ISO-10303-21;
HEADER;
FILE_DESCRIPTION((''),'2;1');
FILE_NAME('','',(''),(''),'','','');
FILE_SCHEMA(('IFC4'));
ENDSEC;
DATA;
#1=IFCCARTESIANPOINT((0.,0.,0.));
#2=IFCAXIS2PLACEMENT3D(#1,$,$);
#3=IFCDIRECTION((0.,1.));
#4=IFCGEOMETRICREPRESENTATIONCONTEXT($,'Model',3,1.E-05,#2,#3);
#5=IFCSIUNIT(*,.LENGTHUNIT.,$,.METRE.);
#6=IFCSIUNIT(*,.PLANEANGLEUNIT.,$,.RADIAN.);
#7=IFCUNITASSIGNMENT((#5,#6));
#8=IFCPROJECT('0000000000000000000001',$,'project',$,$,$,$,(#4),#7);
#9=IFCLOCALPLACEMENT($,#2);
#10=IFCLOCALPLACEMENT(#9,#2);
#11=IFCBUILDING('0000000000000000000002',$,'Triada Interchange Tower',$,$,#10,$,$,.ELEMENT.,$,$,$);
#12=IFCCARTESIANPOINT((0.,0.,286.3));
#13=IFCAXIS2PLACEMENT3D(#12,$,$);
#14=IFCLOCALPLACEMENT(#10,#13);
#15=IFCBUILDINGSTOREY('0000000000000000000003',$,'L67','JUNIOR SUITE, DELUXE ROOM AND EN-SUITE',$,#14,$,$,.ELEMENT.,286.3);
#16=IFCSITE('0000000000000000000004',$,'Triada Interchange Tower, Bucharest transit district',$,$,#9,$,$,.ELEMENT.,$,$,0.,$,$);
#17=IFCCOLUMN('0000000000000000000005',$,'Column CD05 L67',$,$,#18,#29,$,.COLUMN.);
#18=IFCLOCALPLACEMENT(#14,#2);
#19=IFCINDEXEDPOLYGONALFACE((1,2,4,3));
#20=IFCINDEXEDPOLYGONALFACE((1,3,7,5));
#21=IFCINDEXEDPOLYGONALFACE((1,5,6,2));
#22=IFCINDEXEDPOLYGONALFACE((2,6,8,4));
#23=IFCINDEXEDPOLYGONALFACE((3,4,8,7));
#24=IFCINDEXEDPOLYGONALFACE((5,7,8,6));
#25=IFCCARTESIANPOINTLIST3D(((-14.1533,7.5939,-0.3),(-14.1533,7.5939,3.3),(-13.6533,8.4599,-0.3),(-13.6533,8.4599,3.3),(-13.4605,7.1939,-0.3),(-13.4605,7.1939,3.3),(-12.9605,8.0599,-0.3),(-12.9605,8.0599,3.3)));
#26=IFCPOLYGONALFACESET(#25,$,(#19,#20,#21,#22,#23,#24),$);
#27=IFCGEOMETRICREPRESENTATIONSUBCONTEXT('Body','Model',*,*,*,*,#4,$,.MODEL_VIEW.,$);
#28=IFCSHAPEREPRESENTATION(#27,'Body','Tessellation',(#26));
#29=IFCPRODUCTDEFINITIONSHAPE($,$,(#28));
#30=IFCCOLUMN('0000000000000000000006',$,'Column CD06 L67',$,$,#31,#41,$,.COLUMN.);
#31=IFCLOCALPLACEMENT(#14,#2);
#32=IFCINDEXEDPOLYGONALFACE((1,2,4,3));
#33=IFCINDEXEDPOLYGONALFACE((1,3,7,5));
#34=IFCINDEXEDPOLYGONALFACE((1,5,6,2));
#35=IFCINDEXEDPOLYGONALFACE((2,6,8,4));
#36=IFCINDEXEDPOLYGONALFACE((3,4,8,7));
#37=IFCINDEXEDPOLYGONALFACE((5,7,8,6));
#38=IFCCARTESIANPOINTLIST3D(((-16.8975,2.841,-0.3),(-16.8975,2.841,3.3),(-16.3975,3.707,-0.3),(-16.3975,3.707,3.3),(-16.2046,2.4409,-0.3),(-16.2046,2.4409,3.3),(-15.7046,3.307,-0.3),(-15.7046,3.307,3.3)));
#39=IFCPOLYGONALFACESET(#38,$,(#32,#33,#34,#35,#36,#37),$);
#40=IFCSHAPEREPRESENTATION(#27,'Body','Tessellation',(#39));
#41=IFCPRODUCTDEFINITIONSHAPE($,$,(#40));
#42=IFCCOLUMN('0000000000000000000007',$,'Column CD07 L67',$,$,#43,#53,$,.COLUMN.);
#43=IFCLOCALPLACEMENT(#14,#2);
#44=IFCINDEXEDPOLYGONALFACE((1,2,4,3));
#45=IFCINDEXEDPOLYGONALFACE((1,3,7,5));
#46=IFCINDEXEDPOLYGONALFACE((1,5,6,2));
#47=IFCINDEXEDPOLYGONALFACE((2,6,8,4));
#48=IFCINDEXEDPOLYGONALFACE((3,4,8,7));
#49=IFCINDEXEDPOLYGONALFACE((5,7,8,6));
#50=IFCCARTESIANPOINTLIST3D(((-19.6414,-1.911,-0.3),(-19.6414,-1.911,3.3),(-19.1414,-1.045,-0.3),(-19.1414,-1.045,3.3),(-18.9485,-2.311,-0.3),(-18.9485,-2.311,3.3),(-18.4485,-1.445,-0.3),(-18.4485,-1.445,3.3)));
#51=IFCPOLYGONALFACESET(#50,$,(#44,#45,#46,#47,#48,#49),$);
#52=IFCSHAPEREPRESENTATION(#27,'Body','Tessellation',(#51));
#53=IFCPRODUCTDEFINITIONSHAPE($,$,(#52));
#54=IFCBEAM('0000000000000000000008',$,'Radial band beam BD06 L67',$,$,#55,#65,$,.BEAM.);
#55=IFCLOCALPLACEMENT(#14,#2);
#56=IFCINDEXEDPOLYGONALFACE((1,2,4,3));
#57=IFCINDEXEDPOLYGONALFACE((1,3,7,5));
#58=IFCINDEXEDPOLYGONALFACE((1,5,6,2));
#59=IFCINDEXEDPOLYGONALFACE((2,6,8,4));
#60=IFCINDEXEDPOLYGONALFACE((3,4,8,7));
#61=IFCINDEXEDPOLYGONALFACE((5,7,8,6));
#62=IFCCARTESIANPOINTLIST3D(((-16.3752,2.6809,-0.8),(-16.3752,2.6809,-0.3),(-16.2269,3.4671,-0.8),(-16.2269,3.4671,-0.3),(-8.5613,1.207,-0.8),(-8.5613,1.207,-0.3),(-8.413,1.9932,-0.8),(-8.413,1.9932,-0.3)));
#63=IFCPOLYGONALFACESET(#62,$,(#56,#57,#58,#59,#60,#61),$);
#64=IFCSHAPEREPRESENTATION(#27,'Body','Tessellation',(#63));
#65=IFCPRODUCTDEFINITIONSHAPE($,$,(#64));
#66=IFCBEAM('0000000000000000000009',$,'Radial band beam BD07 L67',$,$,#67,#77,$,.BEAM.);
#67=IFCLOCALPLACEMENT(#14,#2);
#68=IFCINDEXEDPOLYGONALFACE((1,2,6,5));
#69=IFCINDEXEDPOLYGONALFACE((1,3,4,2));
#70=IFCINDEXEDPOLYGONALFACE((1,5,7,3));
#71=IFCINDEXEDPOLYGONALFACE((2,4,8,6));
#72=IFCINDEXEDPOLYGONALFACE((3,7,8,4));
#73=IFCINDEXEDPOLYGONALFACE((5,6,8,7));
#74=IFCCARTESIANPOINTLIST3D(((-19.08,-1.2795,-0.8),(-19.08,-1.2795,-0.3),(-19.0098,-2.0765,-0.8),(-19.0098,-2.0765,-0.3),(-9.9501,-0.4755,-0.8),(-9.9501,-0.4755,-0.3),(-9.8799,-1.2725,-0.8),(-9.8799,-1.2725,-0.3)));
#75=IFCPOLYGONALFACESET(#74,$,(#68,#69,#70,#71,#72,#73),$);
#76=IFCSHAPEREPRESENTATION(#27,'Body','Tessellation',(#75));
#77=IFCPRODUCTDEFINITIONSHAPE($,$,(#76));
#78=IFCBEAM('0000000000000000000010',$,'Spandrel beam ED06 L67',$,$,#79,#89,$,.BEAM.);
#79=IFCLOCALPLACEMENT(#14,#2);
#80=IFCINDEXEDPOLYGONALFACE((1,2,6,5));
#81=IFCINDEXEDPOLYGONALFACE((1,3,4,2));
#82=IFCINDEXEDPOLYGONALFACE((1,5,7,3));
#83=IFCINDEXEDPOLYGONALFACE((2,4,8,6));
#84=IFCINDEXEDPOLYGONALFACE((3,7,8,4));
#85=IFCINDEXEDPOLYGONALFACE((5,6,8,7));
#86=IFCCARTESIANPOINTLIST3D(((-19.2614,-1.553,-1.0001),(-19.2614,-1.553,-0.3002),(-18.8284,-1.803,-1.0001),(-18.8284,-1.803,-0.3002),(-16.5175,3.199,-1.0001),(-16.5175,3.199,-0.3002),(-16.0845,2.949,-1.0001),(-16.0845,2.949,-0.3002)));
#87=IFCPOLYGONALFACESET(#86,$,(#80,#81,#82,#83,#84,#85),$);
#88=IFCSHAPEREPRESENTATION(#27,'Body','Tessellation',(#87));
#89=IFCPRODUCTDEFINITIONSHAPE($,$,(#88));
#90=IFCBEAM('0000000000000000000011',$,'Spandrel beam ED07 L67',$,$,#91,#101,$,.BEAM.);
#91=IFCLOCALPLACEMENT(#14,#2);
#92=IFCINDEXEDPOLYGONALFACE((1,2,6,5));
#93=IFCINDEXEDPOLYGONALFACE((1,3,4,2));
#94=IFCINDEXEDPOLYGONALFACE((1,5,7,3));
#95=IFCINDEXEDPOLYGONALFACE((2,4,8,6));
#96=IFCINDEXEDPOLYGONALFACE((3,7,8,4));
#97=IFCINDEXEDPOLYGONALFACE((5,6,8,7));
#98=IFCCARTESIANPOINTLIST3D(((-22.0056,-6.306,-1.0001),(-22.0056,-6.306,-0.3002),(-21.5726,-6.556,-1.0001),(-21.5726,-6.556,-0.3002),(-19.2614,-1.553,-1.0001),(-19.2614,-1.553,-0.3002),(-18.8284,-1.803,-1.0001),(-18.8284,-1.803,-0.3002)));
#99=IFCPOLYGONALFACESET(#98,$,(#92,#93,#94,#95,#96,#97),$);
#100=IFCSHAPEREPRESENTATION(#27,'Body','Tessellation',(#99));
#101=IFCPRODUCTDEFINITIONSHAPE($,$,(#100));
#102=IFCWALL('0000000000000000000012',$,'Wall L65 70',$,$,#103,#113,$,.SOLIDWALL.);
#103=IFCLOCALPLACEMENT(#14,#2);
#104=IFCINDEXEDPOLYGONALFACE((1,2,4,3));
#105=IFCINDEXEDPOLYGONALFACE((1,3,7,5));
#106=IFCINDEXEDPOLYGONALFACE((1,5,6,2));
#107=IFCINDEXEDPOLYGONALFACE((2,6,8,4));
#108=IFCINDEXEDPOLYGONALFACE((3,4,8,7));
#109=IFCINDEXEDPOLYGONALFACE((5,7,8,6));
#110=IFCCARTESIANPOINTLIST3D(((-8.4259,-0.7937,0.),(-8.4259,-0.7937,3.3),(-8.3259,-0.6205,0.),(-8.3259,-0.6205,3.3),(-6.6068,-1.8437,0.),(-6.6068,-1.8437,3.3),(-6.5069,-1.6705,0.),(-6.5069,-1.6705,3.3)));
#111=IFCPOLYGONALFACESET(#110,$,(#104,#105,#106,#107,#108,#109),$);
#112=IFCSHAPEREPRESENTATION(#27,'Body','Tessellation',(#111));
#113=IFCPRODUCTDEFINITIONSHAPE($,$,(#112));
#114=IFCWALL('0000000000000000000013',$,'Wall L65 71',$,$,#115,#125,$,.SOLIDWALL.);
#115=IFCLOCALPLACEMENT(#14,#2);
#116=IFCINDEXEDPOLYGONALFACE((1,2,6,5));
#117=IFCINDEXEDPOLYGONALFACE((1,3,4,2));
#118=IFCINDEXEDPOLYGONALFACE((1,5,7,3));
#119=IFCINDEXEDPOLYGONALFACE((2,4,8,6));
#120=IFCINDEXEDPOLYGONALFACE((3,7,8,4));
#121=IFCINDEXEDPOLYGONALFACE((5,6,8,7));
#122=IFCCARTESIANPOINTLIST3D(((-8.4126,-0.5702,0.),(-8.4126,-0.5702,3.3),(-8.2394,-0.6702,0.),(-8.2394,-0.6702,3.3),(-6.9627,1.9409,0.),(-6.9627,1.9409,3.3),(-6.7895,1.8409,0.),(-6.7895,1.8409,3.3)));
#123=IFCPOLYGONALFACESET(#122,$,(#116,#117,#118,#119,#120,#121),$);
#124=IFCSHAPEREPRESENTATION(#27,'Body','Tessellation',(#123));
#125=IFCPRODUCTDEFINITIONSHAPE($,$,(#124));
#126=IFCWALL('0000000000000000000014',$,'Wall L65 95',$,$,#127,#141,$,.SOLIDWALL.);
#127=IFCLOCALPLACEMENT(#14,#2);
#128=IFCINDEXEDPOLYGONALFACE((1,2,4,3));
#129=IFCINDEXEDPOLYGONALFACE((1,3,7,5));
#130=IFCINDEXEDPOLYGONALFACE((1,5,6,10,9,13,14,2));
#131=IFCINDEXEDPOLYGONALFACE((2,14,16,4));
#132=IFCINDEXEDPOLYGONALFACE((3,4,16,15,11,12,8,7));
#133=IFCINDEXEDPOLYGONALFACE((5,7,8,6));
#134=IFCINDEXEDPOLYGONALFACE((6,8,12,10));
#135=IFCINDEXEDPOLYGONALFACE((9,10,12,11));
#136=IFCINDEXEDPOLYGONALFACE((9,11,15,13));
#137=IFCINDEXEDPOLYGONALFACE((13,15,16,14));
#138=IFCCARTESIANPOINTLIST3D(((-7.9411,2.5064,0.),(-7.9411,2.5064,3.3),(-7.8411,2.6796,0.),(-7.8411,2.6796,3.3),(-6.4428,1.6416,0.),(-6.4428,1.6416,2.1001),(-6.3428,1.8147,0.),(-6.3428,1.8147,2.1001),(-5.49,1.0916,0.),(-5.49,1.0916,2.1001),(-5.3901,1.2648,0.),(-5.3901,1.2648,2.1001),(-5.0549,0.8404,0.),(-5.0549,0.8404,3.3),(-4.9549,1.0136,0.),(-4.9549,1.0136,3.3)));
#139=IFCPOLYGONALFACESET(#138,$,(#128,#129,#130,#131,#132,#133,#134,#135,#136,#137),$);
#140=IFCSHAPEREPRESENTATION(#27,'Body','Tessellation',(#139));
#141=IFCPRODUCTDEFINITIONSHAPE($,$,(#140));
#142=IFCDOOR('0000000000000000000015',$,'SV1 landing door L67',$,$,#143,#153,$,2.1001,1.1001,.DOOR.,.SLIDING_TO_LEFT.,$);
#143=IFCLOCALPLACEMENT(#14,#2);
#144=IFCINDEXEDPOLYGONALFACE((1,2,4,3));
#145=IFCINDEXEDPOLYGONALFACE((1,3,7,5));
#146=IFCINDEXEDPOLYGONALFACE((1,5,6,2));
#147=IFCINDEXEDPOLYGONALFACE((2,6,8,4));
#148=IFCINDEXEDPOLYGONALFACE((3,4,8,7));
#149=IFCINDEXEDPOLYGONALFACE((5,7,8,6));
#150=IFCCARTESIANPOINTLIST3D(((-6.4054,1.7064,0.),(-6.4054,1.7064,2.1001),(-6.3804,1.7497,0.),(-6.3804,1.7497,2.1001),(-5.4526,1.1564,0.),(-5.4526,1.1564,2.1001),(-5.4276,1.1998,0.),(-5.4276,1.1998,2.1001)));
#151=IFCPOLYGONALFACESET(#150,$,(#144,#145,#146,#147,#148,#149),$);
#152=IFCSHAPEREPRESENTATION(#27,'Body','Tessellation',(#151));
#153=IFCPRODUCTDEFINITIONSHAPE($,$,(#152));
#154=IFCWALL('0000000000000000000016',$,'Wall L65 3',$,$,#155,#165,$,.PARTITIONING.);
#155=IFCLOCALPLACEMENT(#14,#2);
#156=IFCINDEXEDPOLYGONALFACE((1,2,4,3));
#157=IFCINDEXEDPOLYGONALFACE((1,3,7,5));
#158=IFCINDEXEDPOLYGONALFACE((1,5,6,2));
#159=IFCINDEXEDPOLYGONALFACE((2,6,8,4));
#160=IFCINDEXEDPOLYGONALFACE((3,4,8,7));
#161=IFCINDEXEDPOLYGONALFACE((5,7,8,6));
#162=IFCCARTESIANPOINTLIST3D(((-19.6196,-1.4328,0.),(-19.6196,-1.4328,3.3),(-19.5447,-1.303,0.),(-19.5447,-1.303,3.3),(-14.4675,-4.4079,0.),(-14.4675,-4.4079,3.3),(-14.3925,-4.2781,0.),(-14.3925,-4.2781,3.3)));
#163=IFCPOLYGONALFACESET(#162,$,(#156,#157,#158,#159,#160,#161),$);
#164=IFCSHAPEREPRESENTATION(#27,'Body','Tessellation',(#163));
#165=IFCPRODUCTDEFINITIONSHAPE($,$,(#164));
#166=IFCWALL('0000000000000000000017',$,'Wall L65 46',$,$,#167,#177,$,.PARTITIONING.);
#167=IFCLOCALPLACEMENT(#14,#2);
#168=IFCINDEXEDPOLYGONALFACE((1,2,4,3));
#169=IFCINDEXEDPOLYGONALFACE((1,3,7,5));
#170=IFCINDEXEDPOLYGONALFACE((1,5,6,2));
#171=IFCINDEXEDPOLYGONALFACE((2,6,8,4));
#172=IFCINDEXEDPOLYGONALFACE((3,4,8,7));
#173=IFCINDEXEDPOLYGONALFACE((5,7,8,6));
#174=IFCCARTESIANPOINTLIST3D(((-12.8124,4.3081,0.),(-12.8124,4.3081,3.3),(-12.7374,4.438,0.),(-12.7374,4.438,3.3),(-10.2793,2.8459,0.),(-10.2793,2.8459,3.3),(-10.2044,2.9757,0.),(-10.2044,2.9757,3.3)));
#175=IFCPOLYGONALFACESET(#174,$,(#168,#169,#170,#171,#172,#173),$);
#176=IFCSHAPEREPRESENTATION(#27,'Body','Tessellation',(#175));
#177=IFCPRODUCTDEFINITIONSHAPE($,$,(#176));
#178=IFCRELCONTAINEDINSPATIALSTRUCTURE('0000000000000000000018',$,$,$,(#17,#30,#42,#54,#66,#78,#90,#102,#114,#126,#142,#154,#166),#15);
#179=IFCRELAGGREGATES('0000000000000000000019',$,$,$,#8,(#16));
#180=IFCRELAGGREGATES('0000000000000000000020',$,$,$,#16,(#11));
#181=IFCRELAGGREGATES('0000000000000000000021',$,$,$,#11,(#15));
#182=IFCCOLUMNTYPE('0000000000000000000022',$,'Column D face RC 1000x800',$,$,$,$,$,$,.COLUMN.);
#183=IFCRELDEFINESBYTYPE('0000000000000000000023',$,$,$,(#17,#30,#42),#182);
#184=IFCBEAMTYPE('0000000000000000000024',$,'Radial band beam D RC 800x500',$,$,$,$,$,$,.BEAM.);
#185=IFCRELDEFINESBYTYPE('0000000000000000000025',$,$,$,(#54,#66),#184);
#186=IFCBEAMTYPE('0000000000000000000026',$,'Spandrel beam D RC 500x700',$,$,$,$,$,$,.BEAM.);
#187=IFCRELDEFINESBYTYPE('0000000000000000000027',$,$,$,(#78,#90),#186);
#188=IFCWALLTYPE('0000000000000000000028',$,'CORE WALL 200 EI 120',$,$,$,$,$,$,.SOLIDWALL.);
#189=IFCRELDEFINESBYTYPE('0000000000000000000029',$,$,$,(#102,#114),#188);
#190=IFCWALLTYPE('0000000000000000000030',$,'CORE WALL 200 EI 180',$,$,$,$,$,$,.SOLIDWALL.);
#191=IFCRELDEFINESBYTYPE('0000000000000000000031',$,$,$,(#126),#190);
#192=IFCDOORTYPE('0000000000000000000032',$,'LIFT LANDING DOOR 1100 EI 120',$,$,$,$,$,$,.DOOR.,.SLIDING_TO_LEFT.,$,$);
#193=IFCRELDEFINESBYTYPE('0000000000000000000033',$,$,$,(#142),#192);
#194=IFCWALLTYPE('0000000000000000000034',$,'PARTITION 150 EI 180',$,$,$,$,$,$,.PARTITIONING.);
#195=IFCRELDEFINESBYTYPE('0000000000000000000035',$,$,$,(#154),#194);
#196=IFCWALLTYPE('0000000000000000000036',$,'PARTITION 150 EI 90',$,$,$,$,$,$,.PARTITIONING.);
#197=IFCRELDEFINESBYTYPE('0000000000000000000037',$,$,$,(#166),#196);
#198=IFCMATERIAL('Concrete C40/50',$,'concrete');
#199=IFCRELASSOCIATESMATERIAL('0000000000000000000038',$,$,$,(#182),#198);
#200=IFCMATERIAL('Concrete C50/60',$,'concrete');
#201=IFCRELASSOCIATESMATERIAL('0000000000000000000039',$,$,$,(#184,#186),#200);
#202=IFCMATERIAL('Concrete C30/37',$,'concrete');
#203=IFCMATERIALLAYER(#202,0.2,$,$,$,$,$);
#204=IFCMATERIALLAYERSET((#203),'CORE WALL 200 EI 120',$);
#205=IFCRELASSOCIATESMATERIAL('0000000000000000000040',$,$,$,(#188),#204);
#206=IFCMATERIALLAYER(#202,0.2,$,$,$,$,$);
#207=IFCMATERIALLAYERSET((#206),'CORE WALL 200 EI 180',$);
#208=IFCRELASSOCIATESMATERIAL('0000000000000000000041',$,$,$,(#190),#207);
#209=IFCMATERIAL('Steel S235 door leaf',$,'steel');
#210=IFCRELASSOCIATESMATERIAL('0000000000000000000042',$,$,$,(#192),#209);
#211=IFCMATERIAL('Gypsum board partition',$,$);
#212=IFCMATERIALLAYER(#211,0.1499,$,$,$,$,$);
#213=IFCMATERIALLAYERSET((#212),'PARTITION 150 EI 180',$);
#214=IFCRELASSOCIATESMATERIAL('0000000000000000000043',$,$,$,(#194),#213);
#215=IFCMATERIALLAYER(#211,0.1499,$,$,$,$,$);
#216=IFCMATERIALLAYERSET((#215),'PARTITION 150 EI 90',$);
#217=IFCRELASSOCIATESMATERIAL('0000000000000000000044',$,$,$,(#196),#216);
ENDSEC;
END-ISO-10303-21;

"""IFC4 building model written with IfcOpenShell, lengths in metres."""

from ifc_helpers import new_model, si_unit, direction, frame, frame_2d, origin, origin_2d, place, context, subcontext, project, spatial, rectangle, extrude, material, layer, layer_set, material_profile, profile_set, type_object, element, fill, save


model = new_model("IFC4")

# Units and contexts
model_context = context("Model", 3, precision=1e-05, world=origin(), true_north=direction((0.0, 1.0)))
body_context = subcontext(model_context, "Body", "Model", "MODEL_VIEW")
ifc_project = project(units=[si_unit("LENGTHUNIT", "METRE"), si_unit("PLANEANGLEUNIT", "RADIAN")], contexts=[model_context])

# Site, building, storey
site_placement = place(None, origin())
site = spatial("IfcSite", under=ifc_project, at=site_placement, Name="Triada Interchange Tower, Bucharest transit district", CompositionType="ELEMENT", RefElevation=0.0)
building_placement = place(site_placement, origin())
building = spatial("IfcBuilding", under=site, at=building_placement, Name="Triada Interchange Tower", CompositionType="ELEMENT")
storey_placement = place(building_placement, frame((0.0, 0.0, 286.3)))
storey = spatial("IfcBuildingStorey", under=building, at=storey_placement, Name="L67", Description="JUNIOR SUITE, DELUXE ROOM AND EN-SUITE", CompositionType="ELEMENT", Elevation=286.3)

# Columns
ifc_material_1 = material(Name="Concrete C40/50", Category="concrete")
ifc_material_profile_1 = material_profile(ifc_material_1, rectangle(XDim=1.0, YDim=0.8, at=origin_2d()), Name="RC 1000x800")
ifc_profile_set_1 = profile_set([ifc_material_profile_1], Name="Concrete C40/50")
column_type = type_object("IfcColumnType", Name="Column D face RC 1000x800", PredefinedType="COLUMN", material=ifc_profile_set_1)
for number, where, z_axis, x_axis, name in (
    (1, (-13.5569, 7.8269, -0.3), (0.0, 0.0, 1.0), (0.5, 0.866025, 0.0), "Column CD05 L67"),
    (2, (-16.301, 3.074, -0.3), (0.0, 0.0, 1.0), (0.5, 0.866025, 0.0), "Column CD06 L67"),
    (3, (-19.0449, -1.678, -0.3), (0.0, 0.0, 1.0), (0.5, 0.866025, 0.0), "Column CD07 L67"),
):
    element("IfcColumn", number, at=place(storey_placement, frame(where, z_axis=z_axis, x_axis=x_axis)), inside=storey, type_object=column_type, Name=name, PredefinedType="COLUMN", context=body_context, shape_type="SweptSolid", body=[
        extrude(rectangle(XDim=1.0, YDim=0.8, at=origin_2d()), origin(), (0.0, 0.0, 1.0), 3.6001),
    ])

# Beams
ifc_material_2 = material(Name="Concrete C50/60", Category="concrete")
ifc_material_profile_2 = material_profile(ifc_material_2, rectangle(XDim=0.8, YDim=0.5, at=origin_2d()), Name="RC 800x500")
ifc_profile_set_2 = profile_set([ifc_material_profile_2], Name="Concrete C50/60")
beam_type_1 = type_object("IfcBeamType", Name="Radial band beam D RC 800x500", PredefinedType="BEAM", material=ifc_profile_set_2)
beam_1_placement = place(storey_placement, frame((-16.301, 3.074, -0.55), z_axis=(0.982672, -0.185352, 0.0), x_axis=(0.185352, 0.982672, 0.0)))
element("IfcBeam", 4, at=beam_1_placement, inside=storey, type_object=beam_type_1, Name="Radial band beam BD06 L67", PredefinedType="BEAM", context=body_context, shape_type="SweptSolid", body=[
    extrude(rectangle(XDim=0.8, YDim=0.5, at=origin_2d()), origin(), (0.0, 0.0, 1.0), 7.9517),
])
beam_2_placement = place(storey_placement, frame((-19.0449, -1.678, -0.55), z_axis=(0.996145, 0.087718, 0.0), x_axis=(-0.087718, 0.996145, 0.0)))
element("IfcBeam", 5, at=beam_2_placement, inside=storey, type_object=beam_type_1, Name="Radial band beam BD07 L67", PredefinedType="BEAM", context=body_context, shape_type="SweptSolid", body=[
    extrude(rectangle(XDim=0.8, YDim=0.5, at=origin_2d()), origin(), (0.0, 0.0, 1.0), 9.1653),
])
ifc_material_profile_3 = material_profile(ifc_material_2, rectangle(XDim=0.5, YDim=0.7, at=origin_2d()), Name="RC 500x700")
ifc_profile_set_3 = profile_set([ifc_material_profile_3], Name="Concrete C50/60")
beam_type_2 = type_object("IfcBeamType", Name="Spandrel beam D RC 500x700", PredefinedType="BEAM", material=ifc_profile_set_3)
beam_3_placement = place(storey_placement, frame((-16.301, 3.074, -0.6501), z_axis=(-0.500049, -0.865997, 0.0), x_axis=(0.865997, -0.500049, 0.0)))
element("IfcBeam", 6, at=beam_3_placement, inside=storey, type_object=beam_type_2, Name="Spandrel beam ED06 L67", PredefinedType="BEAM", context=body_context, shape_type="SweptSolid", body=[
    extrude(rectangle(XDim=0.5, YDim=0.7, at=origin_2d()), origin(), (0.0, 0.0, 1.0), 5.4873),
])
beam_4_placement = place(storey_placement, frame((-19.0449, -1.678, -0.6501), z_axis=(-0.500005, -0.866023, 0.0), x_axis=(0.866023, -0.500005, 0.0)))
element("IfcBeam", 7, at=beam_4_placement, inside=storey, type_object=beam_type_2, Name="Spandrel beam ED07 L67", PredefinedType="BEAM", context=body_context, shape_type="SweptSolid", body=[
    extrude(rectangle(XDim=0.5, YDim=0.7, at=origin_2d()), origin(), (0.0, 0.0, 1.0), 5.4883),
])

# Walls
ifc_material_3 = material(Name="Concrete C30/37", Category="concrete")
ifc_layer_1 = layer(ifc_material_3, 0.2)
ifc_layer_set_1 = layer_set([ifc_layer_1], Name="CORE WALL 200 EI 120")
wall_type_1 = type_object("IfcWallType", Name="CORE WALL 200 EI 120", PredefinedType="SOLIDWALL", material=ifc_layer_set_1)
wall_1_placement = place(storey_placement, frame((-8.376, -0.707, 0.0), z_axis=(0.0, 0.0, 1.0), x_axis=(0.866068, -0.499927, 0.0)))
element("IfcWall", 8, at=wall_1_placement, inside=storey, type_object=wall_type_1, Name="Wall L65 70", PredefinedType="SOLIDWALL", context=body_context, shape_type="SweptSolid", body=[
    extrude(rectangle(XDim=2.1003, YDim=0.2, at=frame_2d((1.0503, 0.0))), origin(), (0.0, 0.0, 1.0), 3.3),
])
wall_2_placement = place(storey_placement, frame((-8.3259, -0.6201, 0.0), z_axis=(0.0, 0.0, 1.0), x_axis=(0.500024, 0.866012, 0.0)))
element("IfcWall", 9, at=wall_2_placement, inside=storey, type_object=wall_type_1, Name="Wall L65 71", PredefinedType="SOLIDWALL", context=body_context, shape_type="SweptSolid", body=[
    extrude(rectangle(XDim=2.8997, YDim=0.2, at=frame_2d((1.4497, 0.0))), origin(), (0.0, 0.0, 1.0), 3.3),
])

# Wall, opening, door
ifc_layer_2 = layer(ifc_material_3, 0.2)
ifc_layer_set_2 = layer_set([ifc_layer_2], Name="CORE WALL 200 EI 180")
wall_type_2 = type_object("IfcWallType", Name="CORE WALL 200 EI 180", PredefinedType="SOLIDWALL", material=ifc_layer_set_2)
wall_3_placement = place(storey_placement, frame((-7.8911, 2.593, 0.0), z_axis=(0.0, 0.0, 1.0), x_axis=(0.866071, -0.499921, 0.0)))
wall_3 = element("IfcWall", 10, at=wall_3_placement, inside=storey, type_object=wall_type_2, Name="Wall L65 95", PredefinedType="SOLIDWALL", context=body_context, shape_type="SweptSolid", body=[
    extrude(rectangle(XDim=3.3325, YDim=0.2, at=frame_2d((1.6663, 0.0))), origin(), (0.0, 0.0, 1.0), 3.3),
])
opening_1_placement = place(wall_3_placement, frame((1.73, 0.0, 0.0)))
opening_1 = element("IfcOpeningElement", 11, at=opening_1_placement, cuts=wall_3, PredefinedType="OPENING", context=body_context, shape_type="SweptSolid", body=[
    extrude(rectangle(XDim=1.1001, YDim=2.1001, at=frame_2d((0.55, 1.05))), frame((0.0, 0.1099, 0.0), z_axis=(0.0, -1.0, 0.0), x_axis=(1.0, 0.0, 0.0)), (0.0, 0.0, 1.0), 0.22),
])
ifc_material_4 = material(Name="Steel S235 door leaf", Category="steel")
door_type_1 = type_object("IfcDoorType", Name="LIFT LANDING DOOR 1100 EI 120", OperationType="SLIDING_TO_LEFT", PredefinedType="DOOR", material=ifc_material_4)
door_1_placement = place(opening_1_placement, origin())
door_1 = element("IfcDoor", 12, at=door_1_placement, inside=storey, type_object=door_type_1, Name="SV1 landing door L67", OperationType="SLIDING_TO_LEFT", OverallHeight=2.1001, OverallWidth=1.1001, PredefinedType="DOOR", context=body_context, shape_type="SweptSolid", body=[
    extrude(rectangle(XDim=1.1001, YDim=2.1001, at=frame_2d((0.55, 1.05))), frame((0.0, 0.0249, 0.0), z_axis=(0.0, -1.0, 0.0), x_axis=(1.0, 0.0, 0.0)), (0.0, 0.0, 1.0), 0.05),
])
fill(opening_1, door_1)

# Walls
ifc_material_5 = material(Name="Gypsum board partition")
ifc_layer_3 = layer(ifc_material_5, 0.1499)
ifc_layer_set_3 = layer_set([ifc_layer_3], Name="PARTITION 150 EI 180")
wall_type_3 = type_object("IfcWallType", Name="PARTITION 150 EI 180", PredefinedType="PARTITIONING", material=ifc_layer_set_3)
wall_4_placement = place(storey_placement, frame((-19.582, -1.3679, 0.0), z_axis=(0.0, 0.0, 1.0), x_axis=(0.865987, -0.500067, 0.0)))
element("IfcWall", 13, at=wall_4_placement, inside=storey, type_object=wall_type_3, Name="Wall L65 3", PredefinedType="PARTITIONING", context=body_context, shape_type="SweptSolid", body=[
    extrude(rectangle(XDim=5.9495, YDim=0.1499, at=frame_2d((2.9746, 0.0))), origin(), (0.0, 0.0, 1.0), 3.3),
])
ifc_layer_4 = layer(ifc_material_5, 0.1499)
ifc_layer_set_4 = layer_set([ifc_layer_4], Name="PARTITION 150 EI 90")
wall_type_4 = type_object("IfcWallType", Name="PARTITION 150 EI 90", PredefinedType="PARTITIONING", material=ifc_layer_set_4)
wall_5_placement = place(storey_placement, frame((-12.7749, 4.373, 0.0), z_axis=(0.0, 0.0, 1.0), x_axis=(0.866062, -0.499937, 0.0)))
element("IfcWall", 14, at=wall_5_placement, inside=storey, type_object=wall_type_4, Name="Wall L65 46", PredefinedType="PARTITIONING", context=body_context, shape_type="SweptSolid", body=[
    extrude(rectangle(XDim=2.9248, YDim=0.1499, at=frame_2d((1.4624, 0.0))), origin(), (0.0, 0.0, 1.0), 3.3),
])

save(model, "model.ifc")
